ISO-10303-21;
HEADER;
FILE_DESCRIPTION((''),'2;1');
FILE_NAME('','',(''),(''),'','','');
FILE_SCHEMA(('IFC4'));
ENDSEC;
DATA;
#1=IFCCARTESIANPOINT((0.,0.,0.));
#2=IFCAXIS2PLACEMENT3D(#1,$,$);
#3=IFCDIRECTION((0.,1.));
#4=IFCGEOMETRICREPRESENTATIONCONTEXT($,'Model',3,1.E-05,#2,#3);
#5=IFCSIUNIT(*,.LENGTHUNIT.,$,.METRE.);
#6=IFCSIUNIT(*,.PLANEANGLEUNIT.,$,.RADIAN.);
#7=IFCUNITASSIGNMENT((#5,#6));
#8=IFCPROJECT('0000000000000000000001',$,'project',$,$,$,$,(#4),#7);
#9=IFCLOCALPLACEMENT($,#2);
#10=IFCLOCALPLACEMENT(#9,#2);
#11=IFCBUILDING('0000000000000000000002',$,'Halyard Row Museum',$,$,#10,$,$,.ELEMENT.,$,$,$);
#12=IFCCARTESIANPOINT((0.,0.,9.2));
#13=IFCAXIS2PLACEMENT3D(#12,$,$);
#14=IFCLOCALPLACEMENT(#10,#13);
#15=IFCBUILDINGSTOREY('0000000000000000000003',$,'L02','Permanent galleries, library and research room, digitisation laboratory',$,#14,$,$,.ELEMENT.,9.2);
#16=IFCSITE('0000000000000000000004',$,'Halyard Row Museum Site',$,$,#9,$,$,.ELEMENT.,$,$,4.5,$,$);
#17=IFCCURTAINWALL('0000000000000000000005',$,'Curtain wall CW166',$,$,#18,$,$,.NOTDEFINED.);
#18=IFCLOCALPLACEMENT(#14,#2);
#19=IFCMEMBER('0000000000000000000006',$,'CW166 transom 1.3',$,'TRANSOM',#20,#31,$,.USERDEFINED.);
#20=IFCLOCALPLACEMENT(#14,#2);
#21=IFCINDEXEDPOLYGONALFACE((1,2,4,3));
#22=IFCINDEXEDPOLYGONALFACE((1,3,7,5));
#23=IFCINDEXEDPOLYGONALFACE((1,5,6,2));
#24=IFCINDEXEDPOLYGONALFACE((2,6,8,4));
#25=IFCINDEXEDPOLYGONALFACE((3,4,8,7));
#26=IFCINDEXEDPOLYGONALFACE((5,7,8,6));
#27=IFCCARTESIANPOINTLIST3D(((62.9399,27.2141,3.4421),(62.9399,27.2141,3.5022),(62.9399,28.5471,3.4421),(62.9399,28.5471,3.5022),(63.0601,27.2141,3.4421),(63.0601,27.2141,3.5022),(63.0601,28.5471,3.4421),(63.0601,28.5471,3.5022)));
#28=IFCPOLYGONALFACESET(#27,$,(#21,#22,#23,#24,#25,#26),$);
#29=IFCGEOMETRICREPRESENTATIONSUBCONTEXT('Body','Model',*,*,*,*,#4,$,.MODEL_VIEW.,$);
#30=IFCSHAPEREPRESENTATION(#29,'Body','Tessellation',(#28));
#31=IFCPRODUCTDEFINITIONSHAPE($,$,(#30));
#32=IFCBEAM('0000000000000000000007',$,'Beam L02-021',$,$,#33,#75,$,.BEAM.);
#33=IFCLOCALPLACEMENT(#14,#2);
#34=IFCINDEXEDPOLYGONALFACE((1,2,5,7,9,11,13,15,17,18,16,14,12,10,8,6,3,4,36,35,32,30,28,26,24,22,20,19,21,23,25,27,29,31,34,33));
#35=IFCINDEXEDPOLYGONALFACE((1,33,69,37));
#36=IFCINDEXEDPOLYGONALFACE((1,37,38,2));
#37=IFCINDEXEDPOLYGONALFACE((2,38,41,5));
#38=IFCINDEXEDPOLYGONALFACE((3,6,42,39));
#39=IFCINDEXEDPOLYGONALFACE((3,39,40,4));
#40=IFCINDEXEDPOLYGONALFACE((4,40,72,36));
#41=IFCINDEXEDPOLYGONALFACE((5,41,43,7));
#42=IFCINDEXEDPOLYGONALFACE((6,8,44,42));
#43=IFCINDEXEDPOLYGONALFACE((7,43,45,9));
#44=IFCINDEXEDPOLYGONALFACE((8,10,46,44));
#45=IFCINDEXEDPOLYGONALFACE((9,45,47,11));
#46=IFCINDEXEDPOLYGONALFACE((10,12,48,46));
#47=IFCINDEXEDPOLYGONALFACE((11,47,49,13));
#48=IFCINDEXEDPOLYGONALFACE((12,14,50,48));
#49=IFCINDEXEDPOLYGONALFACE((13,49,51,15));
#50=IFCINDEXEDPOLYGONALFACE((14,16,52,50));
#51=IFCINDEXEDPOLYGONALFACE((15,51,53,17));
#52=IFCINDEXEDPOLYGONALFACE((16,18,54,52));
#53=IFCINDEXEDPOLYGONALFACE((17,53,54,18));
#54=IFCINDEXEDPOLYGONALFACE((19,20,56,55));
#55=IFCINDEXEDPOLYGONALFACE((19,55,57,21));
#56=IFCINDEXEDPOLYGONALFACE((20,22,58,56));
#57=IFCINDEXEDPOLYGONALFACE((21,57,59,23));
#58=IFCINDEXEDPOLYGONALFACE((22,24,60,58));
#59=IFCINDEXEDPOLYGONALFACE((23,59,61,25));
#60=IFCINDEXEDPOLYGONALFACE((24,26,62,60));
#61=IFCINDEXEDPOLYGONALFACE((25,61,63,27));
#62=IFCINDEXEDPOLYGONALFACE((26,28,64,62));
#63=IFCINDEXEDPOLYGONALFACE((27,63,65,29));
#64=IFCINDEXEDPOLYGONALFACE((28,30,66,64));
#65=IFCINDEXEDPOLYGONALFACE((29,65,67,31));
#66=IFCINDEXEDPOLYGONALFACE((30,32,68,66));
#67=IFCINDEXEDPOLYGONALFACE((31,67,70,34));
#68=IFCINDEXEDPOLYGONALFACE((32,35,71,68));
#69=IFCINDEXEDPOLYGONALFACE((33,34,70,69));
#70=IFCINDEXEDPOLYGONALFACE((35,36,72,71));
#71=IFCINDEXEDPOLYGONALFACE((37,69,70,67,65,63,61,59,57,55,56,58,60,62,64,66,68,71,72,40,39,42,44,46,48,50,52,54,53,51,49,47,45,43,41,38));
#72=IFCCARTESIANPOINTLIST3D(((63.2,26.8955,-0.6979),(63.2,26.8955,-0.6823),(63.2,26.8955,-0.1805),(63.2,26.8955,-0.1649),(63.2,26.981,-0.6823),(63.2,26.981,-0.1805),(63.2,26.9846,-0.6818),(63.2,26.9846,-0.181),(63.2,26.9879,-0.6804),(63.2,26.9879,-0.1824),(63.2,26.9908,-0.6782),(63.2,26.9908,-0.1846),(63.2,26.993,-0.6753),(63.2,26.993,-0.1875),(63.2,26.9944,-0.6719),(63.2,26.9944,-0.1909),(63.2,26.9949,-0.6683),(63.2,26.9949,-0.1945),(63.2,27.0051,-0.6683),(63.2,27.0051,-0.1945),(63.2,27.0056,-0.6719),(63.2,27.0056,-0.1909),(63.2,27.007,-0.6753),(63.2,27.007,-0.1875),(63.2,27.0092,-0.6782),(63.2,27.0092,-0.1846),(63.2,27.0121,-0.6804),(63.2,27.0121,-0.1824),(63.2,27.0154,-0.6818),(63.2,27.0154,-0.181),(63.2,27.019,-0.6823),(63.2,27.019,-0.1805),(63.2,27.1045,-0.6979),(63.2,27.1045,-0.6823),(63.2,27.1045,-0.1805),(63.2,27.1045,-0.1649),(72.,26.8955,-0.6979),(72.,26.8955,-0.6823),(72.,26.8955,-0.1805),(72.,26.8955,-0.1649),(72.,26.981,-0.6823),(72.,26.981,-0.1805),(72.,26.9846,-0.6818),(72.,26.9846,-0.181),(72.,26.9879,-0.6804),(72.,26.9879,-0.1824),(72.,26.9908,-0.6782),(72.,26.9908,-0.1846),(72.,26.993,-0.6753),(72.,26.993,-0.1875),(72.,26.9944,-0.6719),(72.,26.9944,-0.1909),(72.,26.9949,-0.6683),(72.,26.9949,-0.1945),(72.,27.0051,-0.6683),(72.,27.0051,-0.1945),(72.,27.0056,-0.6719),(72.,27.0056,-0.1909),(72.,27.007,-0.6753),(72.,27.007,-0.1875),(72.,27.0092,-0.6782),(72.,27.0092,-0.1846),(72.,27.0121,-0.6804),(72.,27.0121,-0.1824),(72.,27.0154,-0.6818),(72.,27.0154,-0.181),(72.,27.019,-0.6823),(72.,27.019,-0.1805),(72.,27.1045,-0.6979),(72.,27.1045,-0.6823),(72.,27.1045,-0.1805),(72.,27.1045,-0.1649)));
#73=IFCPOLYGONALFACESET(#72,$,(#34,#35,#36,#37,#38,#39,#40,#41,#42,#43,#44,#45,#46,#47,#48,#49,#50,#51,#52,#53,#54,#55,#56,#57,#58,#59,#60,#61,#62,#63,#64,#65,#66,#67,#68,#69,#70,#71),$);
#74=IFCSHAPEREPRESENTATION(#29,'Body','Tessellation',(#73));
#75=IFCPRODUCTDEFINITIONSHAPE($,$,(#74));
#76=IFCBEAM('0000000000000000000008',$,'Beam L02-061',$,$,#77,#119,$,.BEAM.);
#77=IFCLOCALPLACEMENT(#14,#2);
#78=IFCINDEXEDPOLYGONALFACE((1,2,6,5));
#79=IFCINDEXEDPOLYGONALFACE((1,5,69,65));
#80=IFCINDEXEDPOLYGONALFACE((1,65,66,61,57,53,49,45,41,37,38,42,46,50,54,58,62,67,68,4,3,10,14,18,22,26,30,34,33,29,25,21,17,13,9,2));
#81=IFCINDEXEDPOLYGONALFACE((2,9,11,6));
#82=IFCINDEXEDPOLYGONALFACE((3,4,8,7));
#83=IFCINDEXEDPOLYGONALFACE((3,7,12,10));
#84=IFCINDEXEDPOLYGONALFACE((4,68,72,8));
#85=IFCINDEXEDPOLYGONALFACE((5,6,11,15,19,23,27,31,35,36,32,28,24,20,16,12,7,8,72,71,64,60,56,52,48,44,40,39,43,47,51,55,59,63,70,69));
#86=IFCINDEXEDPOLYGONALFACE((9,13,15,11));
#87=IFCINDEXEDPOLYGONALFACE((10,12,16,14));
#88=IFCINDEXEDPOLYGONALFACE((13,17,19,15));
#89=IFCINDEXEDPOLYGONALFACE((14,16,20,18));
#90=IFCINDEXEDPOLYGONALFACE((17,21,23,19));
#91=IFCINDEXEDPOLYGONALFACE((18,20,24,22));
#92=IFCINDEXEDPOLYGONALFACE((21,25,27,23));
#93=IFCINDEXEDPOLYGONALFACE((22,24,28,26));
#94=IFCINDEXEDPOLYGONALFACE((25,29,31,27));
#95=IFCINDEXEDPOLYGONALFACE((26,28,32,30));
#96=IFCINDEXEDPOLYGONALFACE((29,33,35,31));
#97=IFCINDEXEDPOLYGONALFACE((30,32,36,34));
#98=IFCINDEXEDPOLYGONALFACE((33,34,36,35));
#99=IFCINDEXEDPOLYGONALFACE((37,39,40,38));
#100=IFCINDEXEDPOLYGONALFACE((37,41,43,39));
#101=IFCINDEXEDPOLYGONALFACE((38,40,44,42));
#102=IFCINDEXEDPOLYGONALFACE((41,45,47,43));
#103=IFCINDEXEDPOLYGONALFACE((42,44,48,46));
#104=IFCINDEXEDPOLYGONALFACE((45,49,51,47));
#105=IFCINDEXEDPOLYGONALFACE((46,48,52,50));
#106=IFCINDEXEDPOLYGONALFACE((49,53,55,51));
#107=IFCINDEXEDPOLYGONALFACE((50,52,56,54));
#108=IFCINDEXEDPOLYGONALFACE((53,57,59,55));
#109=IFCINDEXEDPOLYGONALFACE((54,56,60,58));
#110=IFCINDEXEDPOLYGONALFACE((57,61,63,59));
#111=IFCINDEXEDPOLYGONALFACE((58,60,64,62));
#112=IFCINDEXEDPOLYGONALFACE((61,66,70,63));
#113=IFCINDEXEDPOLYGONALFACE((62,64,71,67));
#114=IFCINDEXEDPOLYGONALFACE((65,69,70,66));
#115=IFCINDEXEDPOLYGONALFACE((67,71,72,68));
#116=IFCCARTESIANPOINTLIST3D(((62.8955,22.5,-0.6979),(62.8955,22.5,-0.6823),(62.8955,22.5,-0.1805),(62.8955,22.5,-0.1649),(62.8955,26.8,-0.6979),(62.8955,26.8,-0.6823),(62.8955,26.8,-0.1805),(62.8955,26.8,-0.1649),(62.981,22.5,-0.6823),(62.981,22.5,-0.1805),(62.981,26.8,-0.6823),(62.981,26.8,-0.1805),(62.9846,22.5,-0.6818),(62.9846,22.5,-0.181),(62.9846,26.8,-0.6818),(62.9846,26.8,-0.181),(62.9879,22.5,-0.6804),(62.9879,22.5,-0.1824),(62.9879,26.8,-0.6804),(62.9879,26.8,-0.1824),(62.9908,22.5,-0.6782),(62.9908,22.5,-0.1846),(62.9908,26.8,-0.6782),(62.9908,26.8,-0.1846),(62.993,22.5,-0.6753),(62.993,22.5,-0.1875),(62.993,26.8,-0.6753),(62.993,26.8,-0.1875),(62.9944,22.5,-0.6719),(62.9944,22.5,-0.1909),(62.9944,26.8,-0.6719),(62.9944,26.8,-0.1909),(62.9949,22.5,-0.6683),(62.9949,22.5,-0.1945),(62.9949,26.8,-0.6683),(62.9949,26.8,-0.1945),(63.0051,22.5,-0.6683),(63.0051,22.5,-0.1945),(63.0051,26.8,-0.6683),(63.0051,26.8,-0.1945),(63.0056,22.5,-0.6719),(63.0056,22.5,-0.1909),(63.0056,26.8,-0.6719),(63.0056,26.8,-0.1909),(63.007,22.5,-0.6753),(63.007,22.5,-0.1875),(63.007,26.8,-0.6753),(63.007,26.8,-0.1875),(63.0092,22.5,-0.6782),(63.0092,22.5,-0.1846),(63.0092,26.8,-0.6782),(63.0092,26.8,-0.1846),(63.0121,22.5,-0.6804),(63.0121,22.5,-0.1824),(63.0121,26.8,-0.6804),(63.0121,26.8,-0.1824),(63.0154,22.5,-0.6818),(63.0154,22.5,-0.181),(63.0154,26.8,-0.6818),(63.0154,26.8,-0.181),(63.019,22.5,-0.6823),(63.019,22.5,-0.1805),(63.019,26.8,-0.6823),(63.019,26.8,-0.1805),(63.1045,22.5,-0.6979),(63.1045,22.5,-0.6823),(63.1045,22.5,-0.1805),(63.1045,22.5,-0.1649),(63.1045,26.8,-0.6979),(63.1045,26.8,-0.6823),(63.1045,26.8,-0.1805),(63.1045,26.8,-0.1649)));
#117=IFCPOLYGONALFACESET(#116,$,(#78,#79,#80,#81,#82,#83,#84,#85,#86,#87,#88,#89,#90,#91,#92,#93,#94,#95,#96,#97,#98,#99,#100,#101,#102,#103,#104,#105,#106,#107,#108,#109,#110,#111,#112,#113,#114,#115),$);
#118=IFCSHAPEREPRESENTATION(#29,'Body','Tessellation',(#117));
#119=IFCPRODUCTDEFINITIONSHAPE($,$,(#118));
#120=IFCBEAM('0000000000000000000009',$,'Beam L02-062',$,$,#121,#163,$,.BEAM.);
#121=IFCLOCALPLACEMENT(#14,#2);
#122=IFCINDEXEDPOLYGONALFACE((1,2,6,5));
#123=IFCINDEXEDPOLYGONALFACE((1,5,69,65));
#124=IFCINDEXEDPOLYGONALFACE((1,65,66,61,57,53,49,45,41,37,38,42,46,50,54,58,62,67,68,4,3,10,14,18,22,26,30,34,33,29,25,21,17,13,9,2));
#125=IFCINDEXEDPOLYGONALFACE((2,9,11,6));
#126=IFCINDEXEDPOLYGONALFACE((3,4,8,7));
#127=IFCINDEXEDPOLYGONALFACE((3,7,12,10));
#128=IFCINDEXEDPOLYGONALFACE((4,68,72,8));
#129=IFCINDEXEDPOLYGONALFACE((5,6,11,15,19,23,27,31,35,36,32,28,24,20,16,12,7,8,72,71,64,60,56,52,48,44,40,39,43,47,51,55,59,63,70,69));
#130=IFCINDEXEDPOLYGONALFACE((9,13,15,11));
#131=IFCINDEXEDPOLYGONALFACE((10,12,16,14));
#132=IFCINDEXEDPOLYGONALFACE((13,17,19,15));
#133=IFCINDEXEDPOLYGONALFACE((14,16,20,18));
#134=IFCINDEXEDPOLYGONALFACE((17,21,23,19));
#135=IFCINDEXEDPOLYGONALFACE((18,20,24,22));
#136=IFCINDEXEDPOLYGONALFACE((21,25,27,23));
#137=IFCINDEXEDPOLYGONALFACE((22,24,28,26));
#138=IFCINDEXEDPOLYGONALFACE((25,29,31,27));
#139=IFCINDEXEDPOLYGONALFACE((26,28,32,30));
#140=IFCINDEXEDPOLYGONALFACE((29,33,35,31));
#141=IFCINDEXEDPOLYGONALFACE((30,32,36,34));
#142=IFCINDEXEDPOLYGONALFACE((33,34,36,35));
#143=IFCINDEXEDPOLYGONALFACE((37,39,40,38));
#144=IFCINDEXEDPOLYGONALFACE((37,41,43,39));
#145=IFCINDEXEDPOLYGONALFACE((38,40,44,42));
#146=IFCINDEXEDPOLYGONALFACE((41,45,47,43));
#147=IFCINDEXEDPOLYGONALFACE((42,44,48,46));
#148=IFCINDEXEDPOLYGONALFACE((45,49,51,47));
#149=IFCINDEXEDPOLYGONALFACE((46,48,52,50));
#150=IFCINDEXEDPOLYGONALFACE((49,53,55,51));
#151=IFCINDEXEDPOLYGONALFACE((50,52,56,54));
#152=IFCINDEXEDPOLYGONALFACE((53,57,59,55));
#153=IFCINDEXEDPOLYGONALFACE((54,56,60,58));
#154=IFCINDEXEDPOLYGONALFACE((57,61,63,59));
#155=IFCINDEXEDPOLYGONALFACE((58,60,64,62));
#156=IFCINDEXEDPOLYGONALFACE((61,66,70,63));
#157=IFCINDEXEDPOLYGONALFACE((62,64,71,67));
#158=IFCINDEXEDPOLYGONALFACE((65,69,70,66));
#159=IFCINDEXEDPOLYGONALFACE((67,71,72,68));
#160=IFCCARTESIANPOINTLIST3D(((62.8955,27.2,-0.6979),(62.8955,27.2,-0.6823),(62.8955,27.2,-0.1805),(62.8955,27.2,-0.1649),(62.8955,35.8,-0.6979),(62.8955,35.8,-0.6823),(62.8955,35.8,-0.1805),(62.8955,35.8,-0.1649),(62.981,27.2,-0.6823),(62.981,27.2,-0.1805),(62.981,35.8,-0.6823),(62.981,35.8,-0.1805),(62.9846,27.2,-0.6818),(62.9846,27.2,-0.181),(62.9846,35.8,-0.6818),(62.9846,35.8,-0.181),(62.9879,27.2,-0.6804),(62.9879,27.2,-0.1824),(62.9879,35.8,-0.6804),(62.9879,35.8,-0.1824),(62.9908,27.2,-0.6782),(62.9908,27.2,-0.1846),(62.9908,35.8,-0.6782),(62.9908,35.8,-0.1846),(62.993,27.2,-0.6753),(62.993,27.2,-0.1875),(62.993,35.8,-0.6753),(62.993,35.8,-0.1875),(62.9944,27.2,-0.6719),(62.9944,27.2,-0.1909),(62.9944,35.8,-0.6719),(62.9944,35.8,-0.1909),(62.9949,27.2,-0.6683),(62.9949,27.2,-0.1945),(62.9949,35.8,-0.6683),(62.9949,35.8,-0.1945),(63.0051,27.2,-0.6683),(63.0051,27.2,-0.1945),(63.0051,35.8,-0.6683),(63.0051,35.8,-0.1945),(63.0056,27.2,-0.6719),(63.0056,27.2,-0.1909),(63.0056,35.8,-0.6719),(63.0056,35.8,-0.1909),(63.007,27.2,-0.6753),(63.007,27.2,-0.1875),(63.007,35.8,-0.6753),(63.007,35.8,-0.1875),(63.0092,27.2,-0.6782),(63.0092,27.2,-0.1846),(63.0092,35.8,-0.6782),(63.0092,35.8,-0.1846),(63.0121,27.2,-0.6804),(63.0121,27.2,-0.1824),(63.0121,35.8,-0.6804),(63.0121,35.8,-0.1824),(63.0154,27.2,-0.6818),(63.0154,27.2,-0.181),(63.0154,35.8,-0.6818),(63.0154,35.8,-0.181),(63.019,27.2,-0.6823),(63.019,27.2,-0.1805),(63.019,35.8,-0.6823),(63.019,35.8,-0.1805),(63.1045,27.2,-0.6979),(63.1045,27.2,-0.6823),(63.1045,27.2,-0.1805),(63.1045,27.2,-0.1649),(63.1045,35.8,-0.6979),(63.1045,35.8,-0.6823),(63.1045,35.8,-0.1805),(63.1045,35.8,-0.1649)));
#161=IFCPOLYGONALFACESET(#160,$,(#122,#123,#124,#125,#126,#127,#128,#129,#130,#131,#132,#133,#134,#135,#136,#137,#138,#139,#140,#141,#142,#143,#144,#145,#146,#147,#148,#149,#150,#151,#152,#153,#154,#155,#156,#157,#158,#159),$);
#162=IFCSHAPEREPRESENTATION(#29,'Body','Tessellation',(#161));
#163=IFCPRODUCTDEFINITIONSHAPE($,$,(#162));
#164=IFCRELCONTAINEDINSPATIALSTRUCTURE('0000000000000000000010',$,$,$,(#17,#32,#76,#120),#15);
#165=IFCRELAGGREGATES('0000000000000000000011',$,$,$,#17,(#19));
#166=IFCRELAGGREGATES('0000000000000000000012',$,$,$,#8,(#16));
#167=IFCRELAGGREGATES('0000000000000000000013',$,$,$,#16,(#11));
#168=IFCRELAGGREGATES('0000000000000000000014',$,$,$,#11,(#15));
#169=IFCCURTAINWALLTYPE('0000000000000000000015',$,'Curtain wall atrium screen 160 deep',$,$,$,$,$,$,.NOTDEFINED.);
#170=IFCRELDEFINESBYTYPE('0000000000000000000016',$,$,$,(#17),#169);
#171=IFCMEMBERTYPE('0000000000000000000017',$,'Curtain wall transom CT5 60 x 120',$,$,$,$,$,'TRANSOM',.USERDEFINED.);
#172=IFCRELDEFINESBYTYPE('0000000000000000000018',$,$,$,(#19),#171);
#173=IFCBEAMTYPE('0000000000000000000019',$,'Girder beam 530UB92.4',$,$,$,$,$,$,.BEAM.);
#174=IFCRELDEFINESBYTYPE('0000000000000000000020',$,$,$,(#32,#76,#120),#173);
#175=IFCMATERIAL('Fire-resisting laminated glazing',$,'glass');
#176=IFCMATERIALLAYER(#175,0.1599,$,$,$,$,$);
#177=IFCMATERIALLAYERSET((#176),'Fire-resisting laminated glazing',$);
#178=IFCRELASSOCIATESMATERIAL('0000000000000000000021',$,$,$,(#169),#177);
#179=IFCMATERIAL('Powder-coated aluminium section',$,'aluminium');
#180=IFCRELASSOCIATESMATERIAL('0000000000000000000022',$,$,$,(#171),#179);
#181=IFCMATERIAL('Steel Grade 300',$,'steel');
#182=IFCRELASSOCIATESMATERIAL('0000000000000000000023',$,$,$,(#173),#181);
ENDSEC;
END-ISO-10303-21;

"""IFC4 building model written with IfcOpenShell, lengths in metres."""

from ifc_helpers import new_model, si_unit, direction, frame, origin, origin_2d, place, context, subcontext, project, spatial, rectangle, i_section, extrude, material, layer, layer_set, material_profile, profile_set, type_object, element, aggregate, save


model = new_model("IFC4")

# Units and contexts
model_context = context("Model", 3, precision=1e-05, world=origin(), true_north=direction((0.0, 1.0)))
body_context = subcontext(model_context, "Body", "Model", "MODEL_VIEW")
ifc_project = project(units=[si_unit("LENGTHUNIT", "METRE"), si_unit("PLANEANGLEUNIT", "RADIAN")], contexts=[model_context])

# Site, building, storey
site_placement = place(None, origin())
site = spatial("IfcSite", under=ifc_project, at=site_placement, Name="Halyard Row Museum Site", CompositionType="ELEMENT", RefElevation=4.5)
building_placement = place(site_placement, origin())
building = spatial("IfcBuilding", under=site, at=building_placement, Name="Halyard Row Museum", CompositionType="ELEMENT")
storey_placement = place(building_placement, frame((0.0, 0.0, 9.2)))
storey = spatial("IfcBuildingStorey", under=building, at=storey_placement, Name="L02", Description="Permanent galleries, library and research room, digitisation laboratory", CompositionType="ELEMENT", Elevation=9.2)

# Shared definitions
ifc_material_1 = material(Name="Fire-resisting laminated glazing", Category="glass")
ifc_layer_1 = layer(ifc_material_1, 0.1599)
ifc_layer_set_1 = layer_set([ifc_layer_1], Name="Fire-resisting laminated glazing")
curtain_wall_type = type_object("IfcCurtainWallType", Name="Curtain wall atrium screen 160 deep", PredefinedType="NOTDEFINED", material=ifc_layer_set_1)

# Curtain wall
curtain_wall_1_placement = place(storey_placement, origin())
curtain_wall_1 = element("IfcCurtainWall", 1, at=curtain_wall_1_placement, inside=storey, type_object=curtain_wall_type, Name="Curtain wall CW166", PredefinedType="NOTDEFINED")

# Member
ifc_material_2 = material(Name="Powder-coated aluminium section", Category="aluminium")
ifc_material_profile_1 = material_profile(ifc_material_2, rectangle(XDim=0.1201, YDim=0.0601, at=origin_2d()), Name="120x60 transom")
ifc_profile_set_1 = profile_set([ifc_material_profile_1], Name="Powder-coated aluminium section")
member_type_1 = type_object("IfcMemberType", Name="Curtain wall transom CT5 60 x 120", ElementType="TRANSOM", PredefinedType="USERDEFINED", material=ifc_profile_set_1)
member_1_placement = place(storey_placement, frame((63.0, 27.2141, 3.4722), z_axis=(0.0, 1.0, 0.0), x_axis=(-1.0, 0.0, 0.0)))
member_1 = element("IfcMember", 2, at=member_1_placement, type_object=member_type_1, Name="CW166 transom 1.3", ObjectType="TRANSOM", PredefinedType="USERDEFINED", context=body_context, shape_type="SweptSolid", body=[
    extrude(rectangle(XDim=0.1201, YDim=0.0601, at=origin_2d()), origin(), (0.0, 0.0, 1.0), 1.333),
])
aggregate(curtain_wall_1, [member_1])

# Beams
ifc_material_3 = material(Name="Steel Grade 300", Category="steel")
ifc_material_profile_2 = material_profile(ifc_material_3, i_section(OverallWidth=0.209, OverallDepth=0.533, WebThickness=0.0103, FlangeThickness=0.0156, FilletRadius=0.0139, at=origin_2d()), Name="530UB92.4")
ifc_profile_set_2 = profile_set([ifc_material_profile_2], Name="Steel Grade 300")
beam_type_1 = type_object("IfcBeamType", Name="Girder beam 530UB92.4", PredefinedType="BEAM", material=ifc_profile_set_2)
beam_1_placement = place(storey_placement, frame((63.2, 27.0, -0.4314), z_axis=(1.0, 0.0, 0.0), x_axis=(0.0, 1.0, 0.0)))
element("IfcBeam", 3, at=beam_1_placement, inside=storey, type_object=beam_type_1, Name="Beam L02-021", PredefinedType="BEAM", context=body_context, shape_type="SweptSolid", body=[
    extrude(i_section(OverallWidth=0.209, OverallDepth=0.533, WebThickness=0.0103, FlangeThickness=0.0156, FilletRadius=0.0139, at=origin_2d()), origin(), (0.0, 0.0, 1.0), 8.8),
])
beam_2_placement = place(storey_placement, frame((63.0, 22.5, -0.4314), z_axis=(0.0, 1.0, 0.0), x_axis=(-1.0, 0.0, 0.0)))
element("IfcBeam", 4, at=beam_2_placement, inside=storey, type_object=beam_type_1, Name="Beam L02-061", PredefinedType="BEAM", context=body_context, shape_type="SweptSolid", body=[
    extrude(i_section(OverallWidth=0.209, OverallDepth=0.533, WebThickness=0.0103, FlangeThickness=0.0156, FilletRadius=0.0139, at=origin_2d()), origin(), (0.0, 0.0, 1.0), 4.3),
])
beam_3_placement = place(storey_placement, frame((63.0, 27.2, -0.4314), z_axis=(0.0, 1.0, 0.0), x_axis=(-1.0, 0.0, 0.0)))
element("IfcBeam", 5, at=beam_3_placement, inside=storey, type_object=beam_type_1, Name="Beam L02-062", PredefinedType="BEAM", context=body_context, shape_type="SweptSolid", body=[
    extrude(i_section(OverallWidth=0.209, OverallDepth=0.533, WebThickness=0.0103, FlangeThickness=0.0156, FilletRadius=0.0139, at=origin_2d()), origin(), (0.0, 0.0, 1.0), 8.6001),
])

save(model, "model.ifc")
